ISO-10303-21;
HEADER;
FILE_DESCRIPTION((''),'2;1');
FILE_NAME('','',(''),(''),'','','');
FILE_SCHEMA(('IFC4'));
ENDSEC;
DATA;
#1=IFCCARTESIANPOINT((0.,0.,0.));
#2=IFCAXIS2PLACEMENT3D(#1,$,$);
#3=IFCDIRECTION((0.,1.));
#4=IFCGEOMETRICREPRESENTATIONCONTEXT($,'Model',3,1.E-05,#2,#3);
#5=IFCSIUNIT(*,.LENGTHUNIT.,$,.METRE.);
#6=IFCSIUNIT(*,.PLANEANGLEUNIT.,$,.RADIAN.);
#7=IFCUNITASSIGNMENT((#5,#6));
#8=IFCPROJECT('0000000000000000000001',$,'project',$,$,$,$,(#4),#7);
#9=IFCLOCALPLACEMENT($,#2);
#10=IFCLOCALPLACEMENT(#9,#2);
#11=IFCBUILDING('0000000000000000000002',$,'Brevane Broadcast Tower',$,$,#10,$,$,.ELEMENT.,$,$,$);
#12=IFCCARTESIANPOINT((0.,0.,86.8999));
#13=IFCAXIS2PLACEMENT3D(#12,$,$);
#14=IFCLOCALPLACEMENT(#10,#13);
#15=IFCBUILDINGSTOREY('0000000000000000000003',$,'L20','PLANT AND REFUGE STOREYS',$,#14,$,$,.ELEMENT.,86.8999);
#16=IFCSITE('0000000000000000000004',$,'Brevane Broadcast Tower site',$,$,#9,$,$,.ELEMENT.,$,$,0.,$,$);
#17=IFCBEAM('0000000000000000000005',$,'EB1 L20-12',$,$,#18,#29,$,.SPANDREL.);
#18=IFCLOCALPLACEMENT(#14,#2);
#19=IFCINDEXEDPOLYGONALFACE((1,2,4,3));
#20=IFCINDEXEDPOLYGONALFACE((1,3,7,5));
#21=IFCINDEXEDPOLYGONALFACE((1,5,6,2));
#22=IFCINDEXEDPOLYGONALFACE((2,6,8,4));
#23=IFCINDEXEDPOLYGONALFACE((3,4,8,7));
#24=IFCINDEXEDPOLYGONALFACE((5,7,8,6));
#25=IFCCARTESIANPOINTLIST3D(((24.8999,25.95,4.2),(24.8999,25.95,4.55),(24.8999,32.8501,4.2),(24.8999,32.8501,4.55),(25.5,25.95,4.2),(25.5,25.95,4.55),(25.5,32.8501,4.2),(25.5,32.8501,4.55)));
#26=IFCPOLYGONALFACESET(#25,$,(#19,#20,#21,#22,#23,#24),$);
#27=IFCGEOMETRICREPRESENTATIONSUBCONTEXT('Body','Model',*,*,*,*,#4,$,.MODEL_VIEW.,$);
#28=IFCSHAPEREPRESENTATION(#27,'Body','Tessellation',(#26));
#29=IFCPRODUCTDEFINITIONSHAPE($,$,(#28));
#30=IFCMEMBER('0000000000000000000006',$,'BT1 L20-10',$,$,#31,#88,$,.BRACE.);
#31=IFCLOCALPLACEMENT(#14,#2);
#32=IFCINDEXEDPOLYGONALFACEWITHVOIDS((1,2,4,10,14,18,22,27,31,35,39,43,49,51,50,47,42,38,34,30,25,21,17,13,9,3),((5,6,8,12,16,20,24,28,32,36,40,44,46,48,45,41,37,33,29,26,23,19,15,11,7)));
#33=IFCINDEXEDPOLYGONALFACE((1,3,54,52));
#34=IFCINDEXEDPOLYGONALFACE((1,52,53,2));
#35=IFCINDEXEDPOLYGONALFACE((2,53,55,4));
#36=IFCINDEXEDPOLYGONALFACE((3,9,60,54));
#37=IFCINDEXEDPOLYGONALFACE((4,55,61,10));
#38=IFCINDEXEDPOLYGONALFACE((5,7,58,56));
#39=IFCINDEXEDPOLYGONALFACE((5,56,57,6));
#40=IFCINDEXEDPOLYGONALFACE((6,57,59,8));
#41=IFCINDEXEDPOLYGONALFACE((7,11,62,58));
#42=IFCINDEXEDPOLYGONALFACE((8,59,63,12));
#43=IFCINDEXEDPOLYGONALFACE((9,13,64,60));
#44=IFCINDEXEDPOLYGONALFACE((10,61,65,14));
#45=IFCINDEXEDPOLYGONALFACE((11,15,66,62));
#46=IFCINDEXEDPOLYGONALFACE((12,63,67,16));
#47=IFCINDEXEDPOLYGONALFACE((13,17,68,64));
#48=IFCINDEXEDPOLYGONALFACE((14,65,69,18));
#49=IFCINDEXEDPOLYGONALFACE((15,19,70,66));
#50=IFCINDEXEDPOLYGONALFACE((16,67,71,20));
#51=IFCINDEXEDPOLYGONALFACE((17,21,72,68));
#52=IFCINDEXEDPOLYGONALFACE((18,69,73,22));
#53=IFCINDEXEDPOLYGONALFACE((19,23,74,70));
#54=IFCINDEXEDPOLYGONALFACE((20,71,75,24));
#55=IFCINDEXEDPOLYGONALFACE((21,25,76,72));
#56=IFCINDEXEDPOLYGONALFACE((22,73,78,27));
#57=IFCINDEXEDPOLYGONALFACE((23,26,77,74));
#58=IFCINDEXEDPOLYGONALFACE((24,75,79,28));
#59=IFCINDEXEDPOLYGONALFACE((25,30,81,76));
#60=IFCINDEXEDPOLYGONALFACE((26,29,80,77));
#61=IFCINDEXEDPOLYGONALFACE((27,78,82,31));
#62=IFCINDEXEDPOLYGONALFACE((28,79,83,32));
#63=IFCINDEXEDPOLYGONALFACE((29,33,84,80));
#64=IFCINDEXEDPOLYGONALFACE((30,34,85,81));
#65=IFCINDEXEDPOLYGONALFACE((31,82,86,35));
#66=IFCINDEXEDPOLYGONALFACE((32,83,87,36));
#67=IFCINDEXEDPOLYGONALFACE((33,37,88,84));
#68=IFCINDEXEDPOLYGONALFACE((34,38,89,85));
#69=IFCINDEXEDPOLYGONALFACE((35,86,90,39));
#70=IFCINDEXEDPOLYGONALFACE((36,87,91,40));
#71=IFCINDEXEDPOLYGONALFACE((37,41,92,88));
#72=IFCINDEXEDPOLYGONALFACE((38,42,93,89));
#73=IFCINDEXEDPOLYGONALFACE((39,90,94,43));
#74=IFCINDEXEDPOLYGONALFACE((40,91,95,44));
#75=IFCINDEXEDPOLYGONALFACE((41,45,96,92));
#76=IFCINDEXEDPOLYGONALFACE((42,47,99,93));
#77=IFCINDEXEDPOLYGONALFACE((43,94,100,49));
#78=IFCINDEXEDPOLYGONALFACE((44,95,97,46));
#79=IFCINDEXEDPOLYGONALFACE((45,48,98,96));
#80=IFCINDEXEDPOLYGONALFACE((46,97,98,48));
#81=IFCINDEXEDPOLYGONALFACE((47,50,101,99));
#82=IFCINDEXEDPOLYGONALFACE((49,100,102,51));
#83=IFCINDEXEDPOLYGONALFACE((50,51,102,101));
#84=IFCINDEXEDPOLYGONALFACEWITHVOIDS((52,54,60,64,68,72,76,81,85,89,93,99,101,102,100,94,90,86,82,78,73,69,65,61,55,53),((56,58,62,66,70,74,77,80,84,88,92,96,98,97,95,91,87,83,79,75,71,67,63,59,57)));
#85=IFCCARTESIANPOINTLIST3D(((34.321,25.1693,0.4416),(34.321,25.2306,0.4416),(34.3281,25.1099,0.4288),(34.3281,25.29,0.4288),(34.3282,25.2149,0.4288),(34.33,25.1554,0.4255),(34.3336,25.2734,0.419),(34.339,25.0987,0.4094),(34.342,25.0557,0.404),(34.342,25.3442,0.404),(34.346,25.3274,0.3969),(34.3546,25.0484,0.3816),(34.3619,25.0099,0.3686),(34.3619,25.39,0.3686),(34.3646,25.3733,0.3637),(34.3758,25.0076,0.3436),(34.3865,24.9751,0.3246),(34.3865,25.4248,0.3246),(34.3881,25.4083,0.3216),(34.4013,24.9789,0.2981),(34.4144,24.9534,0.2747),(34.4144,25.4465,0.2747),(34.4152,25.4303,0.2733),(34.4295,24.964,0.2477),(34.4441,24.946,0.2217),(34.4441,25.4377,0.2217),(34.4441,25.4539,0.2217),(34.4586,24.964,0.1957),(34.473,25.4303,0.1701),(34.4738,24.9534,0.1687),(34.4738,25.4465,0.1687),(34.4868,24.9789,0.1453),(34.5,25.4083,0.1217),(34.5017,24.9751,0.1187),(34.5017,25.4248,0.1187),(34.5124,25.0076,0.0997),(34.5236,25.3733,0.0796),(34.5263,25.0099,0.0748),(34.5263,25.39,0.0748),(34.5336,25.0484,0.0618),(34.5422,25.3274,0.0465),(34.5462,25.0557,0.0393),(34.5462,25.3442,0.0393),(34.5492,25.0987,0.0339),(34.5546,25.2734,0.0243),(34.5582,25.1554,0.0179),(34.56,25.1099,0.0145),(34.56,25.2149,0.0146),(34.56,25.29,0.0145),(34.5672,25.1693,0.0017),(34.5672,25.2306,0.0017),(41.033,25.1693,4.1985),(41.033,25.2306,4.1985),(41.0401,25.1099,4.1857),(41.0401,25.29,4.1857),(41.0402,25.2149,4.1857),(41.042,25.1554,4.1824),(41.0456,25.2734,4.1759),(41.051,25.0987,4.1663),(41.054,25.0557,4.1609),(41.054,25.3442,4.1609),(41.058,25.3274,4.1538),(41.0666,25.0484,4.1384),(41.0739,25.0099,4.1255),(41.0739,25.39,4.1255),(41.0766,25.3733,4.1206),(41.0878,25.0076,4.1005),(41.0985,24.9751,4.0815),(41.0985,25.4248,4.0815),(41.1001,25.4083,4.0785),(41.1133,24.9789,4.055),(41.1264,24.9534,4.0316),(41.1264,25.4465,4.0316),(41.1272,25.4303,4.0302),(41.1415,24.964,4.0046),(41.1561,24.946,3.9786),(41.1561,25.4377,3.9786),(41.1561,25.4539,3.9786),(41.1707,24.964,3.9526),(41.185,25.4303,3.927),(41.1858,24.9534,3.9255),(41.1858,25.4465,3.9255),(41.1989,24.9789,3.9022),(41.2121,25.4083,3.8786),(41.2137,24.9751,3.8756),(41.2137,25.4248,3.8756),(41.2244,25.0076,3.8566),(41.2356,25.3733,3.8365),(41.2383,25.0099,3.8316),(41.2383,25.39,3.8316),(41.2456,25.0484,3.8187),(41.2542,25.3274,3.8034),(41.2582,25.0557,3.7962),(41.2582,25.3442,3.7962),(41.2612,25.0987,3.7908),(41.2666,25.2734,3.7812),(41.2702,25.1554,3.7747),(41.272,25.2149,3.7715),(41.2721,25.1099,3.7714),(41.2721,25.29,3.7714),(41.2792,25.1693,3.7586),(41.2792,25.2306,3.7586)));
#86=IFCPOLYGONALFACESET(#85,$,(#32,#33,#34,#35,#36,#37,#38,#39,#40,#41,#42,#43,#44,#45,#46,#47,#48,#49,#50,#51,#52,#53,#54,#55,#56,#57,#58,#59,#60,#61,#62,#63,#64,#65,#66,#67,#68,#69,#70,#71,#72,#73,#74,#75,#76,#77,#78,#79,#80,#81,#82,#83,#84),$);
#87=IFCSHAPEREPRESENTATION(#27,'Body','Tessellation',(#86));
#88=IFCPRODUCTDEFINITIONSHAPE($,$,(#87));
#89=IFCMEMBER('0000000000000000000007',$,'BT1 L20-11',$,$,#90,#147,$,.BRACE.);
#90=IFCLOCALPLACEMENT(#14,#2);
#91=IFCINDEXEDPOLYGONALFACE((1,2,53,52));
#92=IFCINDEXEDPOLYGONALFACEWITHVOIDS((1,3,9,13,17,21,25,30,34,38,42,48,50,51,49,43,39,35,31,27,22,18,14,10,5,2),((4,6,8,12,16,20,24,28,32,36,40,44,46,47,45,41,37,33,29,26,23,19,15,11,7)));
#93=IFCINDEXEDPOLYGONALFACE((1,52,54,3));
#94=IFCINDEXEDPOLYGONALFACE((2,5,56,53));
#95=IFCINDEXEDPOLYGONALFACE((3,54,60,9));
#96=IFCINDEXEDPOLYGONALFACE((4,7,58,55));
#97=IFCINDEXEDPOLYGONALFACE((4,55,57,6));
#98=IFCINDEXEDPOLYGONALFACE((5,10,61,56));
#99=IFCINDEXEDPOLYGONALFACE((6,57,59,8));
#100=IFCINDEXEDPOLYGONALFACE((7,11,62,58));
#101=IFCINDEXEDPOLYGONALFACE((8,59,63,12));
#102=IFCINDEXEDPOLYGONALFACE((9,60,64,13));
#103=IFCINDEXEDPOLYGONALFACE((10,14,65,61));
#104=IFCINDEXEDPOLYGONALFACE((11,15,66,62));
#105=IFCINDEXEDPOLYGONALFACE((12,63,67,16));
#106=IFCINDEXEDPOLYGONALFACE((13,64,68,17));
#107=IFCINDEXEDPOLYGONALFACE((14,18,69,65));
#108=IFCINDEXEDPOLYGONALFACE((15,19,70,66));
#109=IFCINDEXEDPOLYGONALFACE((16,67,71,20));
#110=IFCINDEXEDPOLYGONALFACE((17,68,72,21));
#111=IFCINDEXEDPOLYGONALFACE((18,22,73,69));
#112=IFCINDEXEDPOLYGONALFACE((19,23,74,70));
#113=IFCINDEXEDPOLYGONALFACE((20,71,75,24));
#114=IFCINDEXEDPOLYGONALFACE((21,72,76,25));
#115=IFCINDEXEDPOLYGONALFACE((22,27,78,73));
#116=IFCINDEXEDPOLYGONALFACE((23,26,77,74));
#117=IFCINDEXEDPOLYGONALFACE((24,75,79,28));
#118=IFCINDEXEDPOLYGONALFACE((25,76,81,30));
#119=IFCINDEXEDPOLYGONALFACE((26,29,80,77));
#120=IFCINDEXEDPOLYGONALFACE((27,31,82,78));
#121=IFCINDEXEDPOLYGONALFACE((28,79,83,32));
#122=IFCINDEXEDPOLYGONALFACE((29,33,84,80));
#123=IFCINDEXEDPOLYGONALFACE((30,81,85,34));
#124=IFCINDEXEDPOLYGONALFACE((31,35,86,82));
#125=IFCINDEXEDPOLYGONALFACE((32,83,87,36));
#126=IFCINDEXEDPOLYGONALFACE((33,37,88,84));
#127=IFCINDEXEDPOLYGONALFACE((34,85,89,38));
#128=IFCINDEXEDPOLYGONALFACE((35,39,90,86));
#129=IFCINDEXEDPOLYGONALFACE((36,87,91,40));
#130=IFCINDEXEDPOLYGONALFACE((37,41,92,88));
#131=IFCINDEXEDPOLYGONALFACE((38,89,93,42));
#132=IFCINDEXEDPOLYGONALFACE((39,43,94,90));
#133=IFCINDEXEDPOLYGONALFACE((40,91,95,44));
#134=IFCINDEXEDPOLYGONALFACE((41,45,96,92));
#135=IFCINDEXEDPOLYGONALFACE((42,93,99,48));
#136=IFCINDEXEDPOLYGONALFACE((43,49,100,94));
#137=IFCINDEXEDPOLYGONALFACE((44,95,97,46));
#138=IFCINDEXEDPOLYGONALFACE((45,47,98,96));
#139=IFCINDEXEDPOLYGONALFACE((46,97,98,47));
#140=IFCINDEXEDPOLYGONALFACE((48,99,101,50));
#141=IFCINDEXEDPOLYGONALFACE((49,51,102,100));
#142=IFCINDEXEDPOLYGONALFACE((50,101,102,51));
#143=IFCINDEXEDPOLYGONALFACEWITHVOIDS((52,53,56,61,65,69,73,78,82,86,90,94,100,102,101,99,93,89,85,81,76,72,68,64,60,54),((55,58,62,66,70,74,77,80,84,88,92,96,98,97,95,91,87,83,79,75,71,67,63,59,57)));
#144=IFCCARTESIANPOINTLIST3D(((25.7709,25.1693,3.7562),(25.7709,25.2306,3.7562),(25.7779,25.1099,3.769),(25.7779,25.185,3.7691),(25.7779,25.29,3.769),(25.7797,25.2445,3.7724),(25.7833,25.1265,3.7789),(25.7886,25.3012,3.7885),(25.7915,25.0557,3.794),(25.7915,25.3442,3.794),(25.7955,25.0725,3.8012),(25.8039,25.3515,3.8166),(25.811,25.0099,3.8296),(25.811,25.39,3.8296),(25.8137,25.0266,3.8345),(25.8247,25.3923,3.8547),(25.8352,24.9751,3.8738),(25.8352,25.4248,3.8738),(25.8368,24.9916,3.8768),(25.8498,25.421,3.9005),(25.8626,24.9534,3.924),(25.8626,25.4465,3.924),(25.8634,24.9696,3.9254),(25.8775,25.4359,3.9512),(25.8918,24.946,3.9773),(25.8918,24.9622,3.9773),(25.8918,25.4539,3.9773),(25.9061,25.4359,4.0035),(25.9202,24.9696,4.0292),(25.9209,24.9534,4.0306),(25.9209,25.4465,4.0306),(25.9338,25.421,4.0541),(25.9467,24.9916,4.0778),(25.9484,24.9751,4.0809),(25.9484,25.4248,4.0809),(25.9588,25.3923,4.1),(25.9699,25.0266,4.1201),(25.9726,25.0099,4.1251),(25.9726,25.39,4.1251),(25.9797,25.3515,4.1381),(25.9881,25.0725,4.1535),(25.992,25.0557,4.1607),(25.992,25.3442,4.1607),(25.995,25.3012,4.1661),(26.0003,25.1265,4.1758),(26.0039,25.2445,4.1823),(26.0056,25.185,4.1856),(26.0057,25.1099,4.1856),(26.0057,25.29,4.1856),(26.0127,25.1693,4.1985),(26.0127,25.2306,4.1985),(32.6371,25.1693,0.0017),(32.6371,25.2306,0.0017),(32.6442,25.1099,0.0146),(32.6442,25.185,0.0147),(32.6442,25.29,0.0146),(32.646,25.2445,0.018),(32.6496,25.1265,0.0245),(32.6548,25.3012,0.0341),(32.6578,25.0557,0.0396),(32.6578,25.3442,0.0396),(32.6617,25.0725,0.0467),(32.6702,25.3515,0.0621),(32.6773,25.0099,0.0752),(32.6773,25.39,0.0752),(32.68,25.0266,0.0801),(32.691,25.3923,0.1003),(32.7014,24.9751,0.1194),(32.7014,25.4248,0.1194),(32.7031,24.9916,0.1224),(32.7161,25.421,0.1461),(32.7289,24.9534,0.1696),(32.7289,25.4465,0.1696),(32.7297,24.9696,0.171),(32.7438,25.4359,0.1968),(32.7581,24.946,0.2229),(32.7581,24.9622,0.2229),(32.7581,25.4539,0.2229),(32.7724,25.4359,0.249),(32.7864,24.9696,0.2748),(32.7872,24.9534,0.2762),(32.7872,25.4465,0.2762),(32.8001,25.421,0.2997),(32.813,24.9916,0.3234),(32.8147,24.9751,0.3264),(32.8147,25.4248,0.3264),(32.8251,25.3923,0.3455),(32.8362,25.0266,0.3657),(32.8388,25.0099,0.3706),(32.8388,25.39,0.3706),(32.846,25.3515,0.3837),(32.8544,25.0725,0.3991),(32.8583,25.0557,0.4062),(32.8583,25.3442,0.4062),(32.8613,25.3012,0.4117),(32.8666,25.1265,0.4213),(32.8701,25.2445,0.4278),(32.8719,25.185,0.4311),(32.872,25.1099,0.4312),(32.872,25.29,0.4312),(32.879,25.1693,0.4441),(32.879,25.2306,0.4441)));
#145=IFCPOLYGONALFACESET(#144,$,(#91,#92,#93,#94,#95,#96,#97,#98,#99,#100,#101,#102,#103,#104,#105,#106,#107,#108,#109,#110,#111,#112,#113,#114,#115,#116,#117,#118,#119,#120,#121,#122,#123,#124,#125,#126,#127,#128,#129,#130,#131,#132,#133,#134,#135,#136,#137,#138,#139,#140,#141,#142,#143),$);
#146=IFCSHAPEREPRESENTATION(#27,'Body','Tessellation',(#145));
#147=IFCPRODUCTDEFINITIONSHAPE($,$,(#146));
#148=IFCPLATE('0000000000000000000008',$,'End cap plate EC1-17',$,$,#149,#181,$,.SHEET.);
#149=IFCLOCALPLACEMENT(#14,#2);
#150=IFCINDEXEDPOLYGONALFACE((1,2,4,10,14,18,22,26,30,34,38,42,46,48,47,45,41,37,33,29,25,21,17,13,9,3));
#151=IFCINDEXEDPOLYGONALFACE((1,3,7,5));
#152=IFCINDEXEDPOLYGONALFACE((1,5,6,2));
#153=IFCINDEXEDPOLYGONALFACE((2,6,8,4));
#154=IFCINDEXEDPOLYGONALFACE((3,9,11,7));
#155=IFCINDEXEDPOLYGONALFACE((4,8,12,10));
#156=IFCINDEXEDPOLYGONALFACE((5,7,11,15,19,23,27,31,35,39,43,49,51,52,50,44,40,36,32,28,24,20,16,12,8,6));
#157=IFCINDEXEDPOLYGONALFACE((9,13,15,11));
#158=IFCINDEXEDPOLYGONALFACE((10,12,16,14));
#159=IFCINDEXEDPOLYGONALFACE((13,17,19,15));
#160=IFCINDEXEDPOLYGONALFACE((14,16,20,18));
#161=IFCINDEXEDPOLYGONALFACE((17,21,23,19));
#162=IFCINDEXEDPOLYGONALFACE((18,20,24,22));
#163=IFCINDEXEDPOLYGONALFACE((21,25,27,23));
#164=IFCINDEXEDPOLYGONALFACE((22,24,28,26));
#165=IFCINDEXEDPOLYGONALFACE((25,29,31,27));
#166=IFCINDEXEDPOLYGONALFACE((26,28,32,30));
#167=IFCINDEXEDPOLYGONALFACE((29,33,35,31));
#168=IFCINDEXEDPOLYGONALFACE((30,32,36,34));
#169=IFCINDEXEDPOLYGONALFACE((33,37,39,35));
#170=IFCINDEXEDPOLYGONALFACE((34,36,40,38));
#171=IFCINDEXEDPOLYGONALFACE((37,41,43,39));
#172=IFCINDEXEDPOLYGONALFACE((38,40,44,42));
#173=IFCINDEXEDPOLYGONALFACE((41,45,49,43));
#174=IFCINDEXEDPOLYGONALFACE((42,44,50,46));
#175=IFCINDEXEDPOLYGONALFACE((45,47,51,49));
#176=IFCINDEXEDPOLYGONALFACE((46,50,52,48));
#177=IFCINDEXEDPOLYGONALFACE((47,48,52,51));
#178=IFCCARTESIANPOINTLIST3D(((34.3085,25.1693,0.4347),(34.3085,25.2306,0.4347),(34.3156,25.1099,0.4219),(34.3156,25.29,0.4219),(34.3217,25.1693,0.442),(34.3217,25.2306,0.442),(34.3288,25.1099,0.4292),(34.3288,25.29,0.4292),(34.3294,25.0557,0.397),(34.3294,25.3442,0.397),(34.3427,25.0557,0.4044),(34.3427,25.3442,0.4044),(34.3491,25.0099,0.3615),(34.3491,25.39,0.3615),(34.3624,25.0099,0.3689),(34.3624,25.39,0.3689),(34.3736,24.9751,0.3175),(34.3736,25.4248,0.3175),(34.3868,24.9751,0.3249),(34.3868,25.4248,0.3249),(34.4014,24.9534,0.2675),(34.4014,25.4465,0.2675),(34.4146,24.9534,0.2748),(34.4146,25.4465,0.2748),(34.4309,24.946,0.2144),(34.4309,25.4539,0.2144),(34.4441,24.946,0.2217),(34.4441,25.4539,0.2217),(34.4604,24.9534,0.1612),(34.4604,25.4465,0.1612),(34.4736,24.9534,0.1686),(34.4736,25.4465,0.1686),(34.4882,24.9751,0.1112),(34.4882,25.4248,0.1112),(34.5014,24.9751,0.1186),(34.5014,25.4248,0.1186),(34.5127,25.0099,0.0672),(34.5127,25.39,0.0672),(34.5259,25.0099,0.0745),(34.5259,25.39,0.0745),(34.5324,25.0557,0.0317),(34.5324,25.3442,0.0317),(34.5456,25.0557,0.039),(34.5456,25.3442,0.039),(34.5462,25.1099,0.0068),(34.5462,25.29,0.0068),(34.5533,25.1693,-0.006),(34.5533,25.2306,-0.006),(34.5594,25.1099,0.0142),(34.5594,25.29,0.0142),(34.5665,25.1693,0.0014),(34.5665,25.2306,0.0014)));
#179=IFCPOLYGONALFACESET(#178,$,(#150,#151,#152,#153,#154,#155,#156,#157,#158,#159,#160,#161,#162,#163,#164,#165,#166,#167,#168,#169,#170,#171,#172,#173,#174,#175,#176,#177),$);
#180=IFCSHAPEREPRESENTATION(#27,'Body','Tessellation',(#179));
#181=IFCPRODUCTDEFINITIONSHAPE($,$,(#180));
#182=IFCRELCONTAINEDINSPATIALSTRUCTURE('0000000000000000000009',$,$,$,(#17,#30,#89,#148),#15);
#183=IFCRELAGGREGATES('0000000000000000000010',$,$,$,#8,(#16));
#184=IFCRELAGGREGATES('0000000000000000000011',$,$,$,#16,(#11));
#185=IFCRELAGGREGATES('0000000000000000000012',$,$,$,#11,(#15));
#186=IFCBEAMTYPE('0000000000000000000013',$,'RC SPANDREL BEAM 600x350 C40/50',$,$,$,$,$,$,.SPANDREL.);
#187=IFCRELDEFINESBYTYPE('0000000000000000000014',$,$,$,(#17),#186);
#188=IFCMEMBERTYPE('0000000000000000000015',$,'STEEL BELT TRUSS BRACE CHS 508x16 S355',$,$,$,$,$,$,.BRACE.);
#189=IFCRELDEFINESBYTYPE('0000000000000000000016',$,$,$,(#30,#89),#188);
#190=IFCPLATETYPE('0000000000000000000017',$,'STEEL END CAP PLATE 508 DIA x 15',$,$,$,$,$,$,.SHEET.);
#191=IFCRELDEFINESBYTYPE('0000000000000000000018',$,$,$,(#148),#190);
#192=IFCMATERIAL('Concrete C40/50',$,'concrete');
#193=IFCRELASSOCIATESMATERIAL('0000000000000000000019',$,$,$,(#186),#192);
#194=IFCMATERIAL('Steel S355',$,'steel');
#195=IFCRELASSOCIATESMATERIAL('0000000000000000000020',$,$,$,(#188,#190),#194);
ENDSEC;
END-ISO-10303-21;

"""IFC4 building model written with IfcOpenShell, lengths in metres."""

from ifc_helpers import new_model, si_unit, direction, frame, origin, origin_2d, place, context, subcontext, project, spatial, rectangle, circle, hollow_circle, extrude, material, material_profile, profile_set, type_object, element, save


model = new_model("IFC4")

# Units and contexts
model_context = context("Model", 3, precision=1e-05, world=origin(), true_north=direction((0.0, 1.0)))
body_context = subcontext(model_context, "Body", "Model", "MODEL_VIEW")
ifc_project = project(units=[si_unit("LENGTHUNIT", "METRE"), si_unit("PLANEANGLEUNIT", "RADIAN")], contexts=[model_context])

# Site, building, storey
site_placement = place(None, origin())
site = spatial("IfcSite", under=ifc_project, at=site_placement, Name="Brevane Broadcast Tower site", CompositionType="ELEMENT", RefElevation=0.0)
building_placement = place(site_placement, origin())
building = spatial("IfcBuilding", under=site, at=building_placement, Name="Brevane Broadcast Tower", CompositionType="ELEMENT")
storey_placement = place(building_placement, frame((0.0, 0.0, 86.8999)))
storey = spatial("IfcBuildingStorey", under=building, at=storey_placement, Name="L20", Description="PLANT AND REFUGE STOREYS", CompositionType="ELEMENT", Elevation=86.8999)

# Beam
ifc_material_1 = material(Name="Concrete C40/50", Category="concrete")
ifc_material_profile_1 = material_profile(ifc_material_1, rectangle(XDim=0.6001, YDim=0.3501, at=origin_2d()), Name="RC 600x350")
ifc_profile_set_1 = profile_set([ifc_material_profile_1], Name="Concrete C40/50")
beam_type_1 = type_object("IfcBeamType", Name="RC SPANDREL BEAM 600x350 C40/50", PredefinedType="SPANDREL", material=ifc_profile_set_1)
beam_1_placement = place(storey_placement, frame((25.2, 25.95, 4.375), z_axis=(0.0, 1.0, 0.0), x_axis=(-1.0, 0.0, 0.0)))
element("IfcBeam", 1, at=beam_1_placement, inside=storey, type_object=beam_type_1, Name="EB1 L20-12", PredefinedType="SPANDREL", context=body_context, shape_type="SweptSolid", body=[
    extrude(rectangle(XDim=0.6001, YDim=0.3501, at=origin_2d()), origin(), (0.0, 0.0, 1.0), 6.9001),
])

# Members
ifc_material_2 = material(Name="Steel S355", Category="steel")
ifc_material_profile_2 = material_profile(ifc_material_2, hollow_circle(Radius=0.2539, WallThickness=0.0161, at=origin_2d()), Name="CHS 508x16")
ifc_profile_set_2 = profile_set([ifc_material_profile_2], Name="Steel S355")
member_type_1 = type_object("IfcMemberType", Name="STEEL BELT TRUSS BRACE CHS 508x16 S355", PredefinedType="BRACE", material=ifc_profile_set_2)
member_1_placement = place(storey_placement, frame((34.4441, 25.2, 0.2217), z_axis=(0.872608, 0.0, 0.488422), x_axis=(0.0, 1.0, 0.0)))
element("IfcMember", 2, at=member_1_placement, inside=storey, type_object=member_type_1, Name="BT1 L20-10", PredefinedType="BRACE", context=body_context, shape_type="SweptSolid", body=[
    extrude(hollow_circle(Radius=0.2539, WallThickness=0.0161, at=origin_2d()), origin(), (0.0, 0.0, 1.0), 7.6919),
])
member_2_placement = place(storey_placement, frame((32.7581, 25.2, 0.2229), z_axis=(-0.877402, 0.0, 0.479757), x_axis=(0.0, -1.0, 0.0)))
element("IfcMember", 3, at=member_2_placement, inside=storey, type_object=member_type_1, Name="BT1 L20-11", PredefinedType="BRACE", context=body_context, shape_type="SweptSolid", body=[
    extrude(hollow_circle(Radius=0.2539, WallThickness=0.0161, at=origin_2d()), origin(), (0.0, 0.0, 1.0), 7.8257),
])

# Plate
ifc_material_profile_3 = material_profile(ifc_material_2, circle(Radius=0.2539, at=origin_2d()), Name="PL 508 DIA x 15")
ifc_profile_set_3 = profile_set([ifc_material_profile_3], Name="Steel S355")
plate_type = type_object("IfcPlateType", Name="STEEL END CAP PLATE 508 DIA x 15", PredefinedType="SHEET", material=ifc_profile_set_3)
plate_placement = place(storey_placement, frame((34.4309, 25.2, 0.2144), z_axis=(0.874157, 0.0, 0.485643), x_axis=(0.0, 1.0, 0.0)))
element("IfcPlate", 4, at=plate_placement, inside=storey, type_object=plate_type, Name="End cap plate EC1-17", PredefinedType="SHEET", context=body_context, shape_type="SweptSolid", body=[
    extrude(circle(Radius=0.2539, at=origin_2d()), origin(), (0.0, 0.0, 1.0), 0.0151),
])

save(model, "model.ifc")
